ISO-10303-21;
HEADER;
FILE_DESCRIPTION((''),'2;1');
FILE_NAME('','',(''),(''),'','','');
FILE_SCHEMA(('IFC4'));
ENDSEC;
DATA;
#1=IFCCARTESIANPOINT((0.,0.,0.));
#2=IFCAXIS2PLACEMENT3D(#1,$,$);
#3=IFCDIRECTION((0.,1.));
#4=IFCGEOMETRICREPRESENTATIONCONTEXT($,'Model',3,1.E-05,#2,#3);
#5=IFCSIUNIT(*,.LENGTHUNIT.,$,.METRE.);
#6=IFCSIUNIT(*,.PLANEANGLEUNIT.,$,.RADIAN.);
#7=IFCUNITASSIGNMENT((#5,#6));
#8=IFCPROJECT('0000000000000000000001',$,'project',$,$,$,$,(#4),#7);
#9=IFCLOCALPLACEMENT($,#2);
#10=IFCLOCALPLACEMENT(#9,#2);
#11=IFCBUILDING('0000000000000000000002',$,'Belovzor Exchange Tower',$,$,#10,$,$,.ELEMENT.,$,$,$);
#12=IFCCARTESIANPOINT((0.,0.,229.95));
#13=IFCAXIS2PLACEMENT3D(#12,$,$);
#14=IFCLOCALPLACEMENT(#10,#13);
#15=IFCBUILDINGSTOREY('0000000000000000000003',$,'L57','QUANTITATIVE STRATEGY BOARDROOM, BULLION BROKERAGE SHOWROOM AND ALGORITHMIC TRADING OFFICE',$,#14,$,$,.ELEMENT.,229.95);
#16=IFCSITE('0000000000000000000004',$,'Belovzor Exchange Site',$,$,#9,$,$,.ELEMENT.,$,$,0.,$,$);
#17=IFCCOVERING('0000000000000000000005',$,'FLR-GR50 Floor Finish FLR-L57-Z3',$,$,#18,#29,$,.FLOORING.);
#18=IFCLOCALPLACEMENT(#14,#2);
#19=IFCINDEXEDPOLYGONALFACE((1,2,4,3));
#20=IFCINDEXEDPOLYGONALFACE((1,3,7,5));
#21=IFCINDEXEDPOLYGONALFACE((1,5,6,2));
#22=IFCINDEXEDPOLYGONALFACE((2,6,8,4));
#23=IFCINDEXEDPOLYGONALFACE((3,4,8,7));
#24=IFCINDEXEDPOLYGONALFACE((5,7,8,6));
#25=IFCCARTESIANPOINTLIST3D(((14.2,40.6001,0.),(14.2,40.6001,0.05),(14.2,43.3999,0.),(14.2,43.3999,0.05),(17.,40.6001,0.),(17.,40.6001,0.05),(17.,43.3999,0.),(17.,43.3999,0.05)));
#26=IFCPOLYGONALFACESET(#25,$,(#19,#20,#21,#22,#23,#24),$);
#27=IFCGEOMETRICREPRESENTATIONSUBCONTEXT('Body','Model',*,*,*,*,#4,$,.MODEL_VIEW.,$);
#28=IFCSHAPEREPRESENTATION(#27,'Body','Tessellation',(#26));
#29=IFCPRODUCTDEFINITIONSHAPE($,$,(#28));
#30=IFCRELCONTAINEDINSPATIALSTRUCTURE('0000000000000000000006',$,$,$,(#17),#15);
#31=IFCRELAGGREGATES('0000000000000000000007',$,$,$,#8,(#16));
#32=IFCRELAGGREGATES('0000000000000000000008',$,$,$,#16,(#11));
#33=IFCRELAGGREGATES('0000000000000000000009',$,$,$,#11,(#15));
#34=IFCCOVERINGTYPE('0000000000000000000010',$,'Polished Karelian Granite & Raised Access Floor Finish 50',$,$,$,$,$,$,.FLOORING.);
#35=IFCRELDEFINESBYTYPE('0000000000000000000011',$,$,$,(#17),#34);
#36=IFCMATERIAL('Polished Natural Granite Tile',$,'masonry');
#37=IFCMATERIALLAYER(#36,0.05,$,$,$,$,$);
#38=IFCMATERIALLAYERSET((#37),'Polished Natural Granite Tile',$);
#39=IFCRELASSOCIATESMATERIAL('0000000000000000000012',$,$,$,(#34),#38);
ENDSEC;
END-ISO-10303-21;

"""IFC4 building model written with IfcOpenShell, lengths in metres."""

from ifc_helpers import new_model, si_unit, direction, frame, origin, place, context, subcontext, project, spatial, polyline, outline, extrude, material, layer, layer_set, type_object, element, save


model = new_model("IFC4")

# Units and contexts
model_context = context("Model", 3, precision=1e-05, world=origin(), true_north=direction((0.0, 1.0)))
body_context = subcontext(model_context, "Body", "Model", "MODEL_VIEW")
ifc_project = project(units=[si_unit("LENGTHUNIT", "METRE"), si_unit("PLANEANGLEUNIT", "RADIAN")], contexts=[model_context])

# Site, building, storey
site_placement = place(None, origin())
site = spatial("IfcSite", under=ifc_project, at=site_placement, Name="Belovzor Exchange Site", CompositionType="ELEMENT", RefElevation=0.0)
building_placement = place(site_placement, origin())
building = spatial("IfcBuilding", under=site, at=building_placement, Name="Belovzor Exchange Tower", CompositionType="ELEMENT")
storey_placement = place(building_placement, frame((0.0, 0.0, 229.95)))
storey = spatial("IfcBuildingStorey", under=building, at=storey_placement, Name="L57", Description="QUANTITATIVE STRATEGY BOARDROOM, BULLION BROKERAGE SHOWROOM AND ALGORITHMIC TRADING OFFICE", CompositionType="ELEMENT", Elevation=229.95)

# Covering
ifc_material_1 = material(Name="Polished Natural Granite Tile", Category="masonry")
ifc_layer_1 = layer(ifc_material_1, 0.05)
ifc_layer_set_1 = layer_set([ifc_layer_1], Name="Polished Natural Granite Tile")
covering_type_1 = type_object("IfcCoveringType", Name="Polished Karelian Granite & Raised Access Floor Finish 50", PredefinedType="FLOORING", material=ifc_layer_set_1)
covering_1_placement = place(storey_placement, origin())
element("IfcCovering", 1, at=covering_1_placement, inside=storey, type_object=covering_type_1, Name="FLR-GR50 Floor Finish FLR-L57-Z3", PredefinedType="FLOORING", context=body_context, shape_type="SweptSolid", body=[
    extrude(outline(polyline([(14.2, 40.6001), (17.0, 40.6001), (17.0, 43.3999), (14.2, 43.3999), (14.2, 40.6001)])), origin(), (0.0, 0.0, 1.0), 0.05),
])

save(model, "model.ifc")
